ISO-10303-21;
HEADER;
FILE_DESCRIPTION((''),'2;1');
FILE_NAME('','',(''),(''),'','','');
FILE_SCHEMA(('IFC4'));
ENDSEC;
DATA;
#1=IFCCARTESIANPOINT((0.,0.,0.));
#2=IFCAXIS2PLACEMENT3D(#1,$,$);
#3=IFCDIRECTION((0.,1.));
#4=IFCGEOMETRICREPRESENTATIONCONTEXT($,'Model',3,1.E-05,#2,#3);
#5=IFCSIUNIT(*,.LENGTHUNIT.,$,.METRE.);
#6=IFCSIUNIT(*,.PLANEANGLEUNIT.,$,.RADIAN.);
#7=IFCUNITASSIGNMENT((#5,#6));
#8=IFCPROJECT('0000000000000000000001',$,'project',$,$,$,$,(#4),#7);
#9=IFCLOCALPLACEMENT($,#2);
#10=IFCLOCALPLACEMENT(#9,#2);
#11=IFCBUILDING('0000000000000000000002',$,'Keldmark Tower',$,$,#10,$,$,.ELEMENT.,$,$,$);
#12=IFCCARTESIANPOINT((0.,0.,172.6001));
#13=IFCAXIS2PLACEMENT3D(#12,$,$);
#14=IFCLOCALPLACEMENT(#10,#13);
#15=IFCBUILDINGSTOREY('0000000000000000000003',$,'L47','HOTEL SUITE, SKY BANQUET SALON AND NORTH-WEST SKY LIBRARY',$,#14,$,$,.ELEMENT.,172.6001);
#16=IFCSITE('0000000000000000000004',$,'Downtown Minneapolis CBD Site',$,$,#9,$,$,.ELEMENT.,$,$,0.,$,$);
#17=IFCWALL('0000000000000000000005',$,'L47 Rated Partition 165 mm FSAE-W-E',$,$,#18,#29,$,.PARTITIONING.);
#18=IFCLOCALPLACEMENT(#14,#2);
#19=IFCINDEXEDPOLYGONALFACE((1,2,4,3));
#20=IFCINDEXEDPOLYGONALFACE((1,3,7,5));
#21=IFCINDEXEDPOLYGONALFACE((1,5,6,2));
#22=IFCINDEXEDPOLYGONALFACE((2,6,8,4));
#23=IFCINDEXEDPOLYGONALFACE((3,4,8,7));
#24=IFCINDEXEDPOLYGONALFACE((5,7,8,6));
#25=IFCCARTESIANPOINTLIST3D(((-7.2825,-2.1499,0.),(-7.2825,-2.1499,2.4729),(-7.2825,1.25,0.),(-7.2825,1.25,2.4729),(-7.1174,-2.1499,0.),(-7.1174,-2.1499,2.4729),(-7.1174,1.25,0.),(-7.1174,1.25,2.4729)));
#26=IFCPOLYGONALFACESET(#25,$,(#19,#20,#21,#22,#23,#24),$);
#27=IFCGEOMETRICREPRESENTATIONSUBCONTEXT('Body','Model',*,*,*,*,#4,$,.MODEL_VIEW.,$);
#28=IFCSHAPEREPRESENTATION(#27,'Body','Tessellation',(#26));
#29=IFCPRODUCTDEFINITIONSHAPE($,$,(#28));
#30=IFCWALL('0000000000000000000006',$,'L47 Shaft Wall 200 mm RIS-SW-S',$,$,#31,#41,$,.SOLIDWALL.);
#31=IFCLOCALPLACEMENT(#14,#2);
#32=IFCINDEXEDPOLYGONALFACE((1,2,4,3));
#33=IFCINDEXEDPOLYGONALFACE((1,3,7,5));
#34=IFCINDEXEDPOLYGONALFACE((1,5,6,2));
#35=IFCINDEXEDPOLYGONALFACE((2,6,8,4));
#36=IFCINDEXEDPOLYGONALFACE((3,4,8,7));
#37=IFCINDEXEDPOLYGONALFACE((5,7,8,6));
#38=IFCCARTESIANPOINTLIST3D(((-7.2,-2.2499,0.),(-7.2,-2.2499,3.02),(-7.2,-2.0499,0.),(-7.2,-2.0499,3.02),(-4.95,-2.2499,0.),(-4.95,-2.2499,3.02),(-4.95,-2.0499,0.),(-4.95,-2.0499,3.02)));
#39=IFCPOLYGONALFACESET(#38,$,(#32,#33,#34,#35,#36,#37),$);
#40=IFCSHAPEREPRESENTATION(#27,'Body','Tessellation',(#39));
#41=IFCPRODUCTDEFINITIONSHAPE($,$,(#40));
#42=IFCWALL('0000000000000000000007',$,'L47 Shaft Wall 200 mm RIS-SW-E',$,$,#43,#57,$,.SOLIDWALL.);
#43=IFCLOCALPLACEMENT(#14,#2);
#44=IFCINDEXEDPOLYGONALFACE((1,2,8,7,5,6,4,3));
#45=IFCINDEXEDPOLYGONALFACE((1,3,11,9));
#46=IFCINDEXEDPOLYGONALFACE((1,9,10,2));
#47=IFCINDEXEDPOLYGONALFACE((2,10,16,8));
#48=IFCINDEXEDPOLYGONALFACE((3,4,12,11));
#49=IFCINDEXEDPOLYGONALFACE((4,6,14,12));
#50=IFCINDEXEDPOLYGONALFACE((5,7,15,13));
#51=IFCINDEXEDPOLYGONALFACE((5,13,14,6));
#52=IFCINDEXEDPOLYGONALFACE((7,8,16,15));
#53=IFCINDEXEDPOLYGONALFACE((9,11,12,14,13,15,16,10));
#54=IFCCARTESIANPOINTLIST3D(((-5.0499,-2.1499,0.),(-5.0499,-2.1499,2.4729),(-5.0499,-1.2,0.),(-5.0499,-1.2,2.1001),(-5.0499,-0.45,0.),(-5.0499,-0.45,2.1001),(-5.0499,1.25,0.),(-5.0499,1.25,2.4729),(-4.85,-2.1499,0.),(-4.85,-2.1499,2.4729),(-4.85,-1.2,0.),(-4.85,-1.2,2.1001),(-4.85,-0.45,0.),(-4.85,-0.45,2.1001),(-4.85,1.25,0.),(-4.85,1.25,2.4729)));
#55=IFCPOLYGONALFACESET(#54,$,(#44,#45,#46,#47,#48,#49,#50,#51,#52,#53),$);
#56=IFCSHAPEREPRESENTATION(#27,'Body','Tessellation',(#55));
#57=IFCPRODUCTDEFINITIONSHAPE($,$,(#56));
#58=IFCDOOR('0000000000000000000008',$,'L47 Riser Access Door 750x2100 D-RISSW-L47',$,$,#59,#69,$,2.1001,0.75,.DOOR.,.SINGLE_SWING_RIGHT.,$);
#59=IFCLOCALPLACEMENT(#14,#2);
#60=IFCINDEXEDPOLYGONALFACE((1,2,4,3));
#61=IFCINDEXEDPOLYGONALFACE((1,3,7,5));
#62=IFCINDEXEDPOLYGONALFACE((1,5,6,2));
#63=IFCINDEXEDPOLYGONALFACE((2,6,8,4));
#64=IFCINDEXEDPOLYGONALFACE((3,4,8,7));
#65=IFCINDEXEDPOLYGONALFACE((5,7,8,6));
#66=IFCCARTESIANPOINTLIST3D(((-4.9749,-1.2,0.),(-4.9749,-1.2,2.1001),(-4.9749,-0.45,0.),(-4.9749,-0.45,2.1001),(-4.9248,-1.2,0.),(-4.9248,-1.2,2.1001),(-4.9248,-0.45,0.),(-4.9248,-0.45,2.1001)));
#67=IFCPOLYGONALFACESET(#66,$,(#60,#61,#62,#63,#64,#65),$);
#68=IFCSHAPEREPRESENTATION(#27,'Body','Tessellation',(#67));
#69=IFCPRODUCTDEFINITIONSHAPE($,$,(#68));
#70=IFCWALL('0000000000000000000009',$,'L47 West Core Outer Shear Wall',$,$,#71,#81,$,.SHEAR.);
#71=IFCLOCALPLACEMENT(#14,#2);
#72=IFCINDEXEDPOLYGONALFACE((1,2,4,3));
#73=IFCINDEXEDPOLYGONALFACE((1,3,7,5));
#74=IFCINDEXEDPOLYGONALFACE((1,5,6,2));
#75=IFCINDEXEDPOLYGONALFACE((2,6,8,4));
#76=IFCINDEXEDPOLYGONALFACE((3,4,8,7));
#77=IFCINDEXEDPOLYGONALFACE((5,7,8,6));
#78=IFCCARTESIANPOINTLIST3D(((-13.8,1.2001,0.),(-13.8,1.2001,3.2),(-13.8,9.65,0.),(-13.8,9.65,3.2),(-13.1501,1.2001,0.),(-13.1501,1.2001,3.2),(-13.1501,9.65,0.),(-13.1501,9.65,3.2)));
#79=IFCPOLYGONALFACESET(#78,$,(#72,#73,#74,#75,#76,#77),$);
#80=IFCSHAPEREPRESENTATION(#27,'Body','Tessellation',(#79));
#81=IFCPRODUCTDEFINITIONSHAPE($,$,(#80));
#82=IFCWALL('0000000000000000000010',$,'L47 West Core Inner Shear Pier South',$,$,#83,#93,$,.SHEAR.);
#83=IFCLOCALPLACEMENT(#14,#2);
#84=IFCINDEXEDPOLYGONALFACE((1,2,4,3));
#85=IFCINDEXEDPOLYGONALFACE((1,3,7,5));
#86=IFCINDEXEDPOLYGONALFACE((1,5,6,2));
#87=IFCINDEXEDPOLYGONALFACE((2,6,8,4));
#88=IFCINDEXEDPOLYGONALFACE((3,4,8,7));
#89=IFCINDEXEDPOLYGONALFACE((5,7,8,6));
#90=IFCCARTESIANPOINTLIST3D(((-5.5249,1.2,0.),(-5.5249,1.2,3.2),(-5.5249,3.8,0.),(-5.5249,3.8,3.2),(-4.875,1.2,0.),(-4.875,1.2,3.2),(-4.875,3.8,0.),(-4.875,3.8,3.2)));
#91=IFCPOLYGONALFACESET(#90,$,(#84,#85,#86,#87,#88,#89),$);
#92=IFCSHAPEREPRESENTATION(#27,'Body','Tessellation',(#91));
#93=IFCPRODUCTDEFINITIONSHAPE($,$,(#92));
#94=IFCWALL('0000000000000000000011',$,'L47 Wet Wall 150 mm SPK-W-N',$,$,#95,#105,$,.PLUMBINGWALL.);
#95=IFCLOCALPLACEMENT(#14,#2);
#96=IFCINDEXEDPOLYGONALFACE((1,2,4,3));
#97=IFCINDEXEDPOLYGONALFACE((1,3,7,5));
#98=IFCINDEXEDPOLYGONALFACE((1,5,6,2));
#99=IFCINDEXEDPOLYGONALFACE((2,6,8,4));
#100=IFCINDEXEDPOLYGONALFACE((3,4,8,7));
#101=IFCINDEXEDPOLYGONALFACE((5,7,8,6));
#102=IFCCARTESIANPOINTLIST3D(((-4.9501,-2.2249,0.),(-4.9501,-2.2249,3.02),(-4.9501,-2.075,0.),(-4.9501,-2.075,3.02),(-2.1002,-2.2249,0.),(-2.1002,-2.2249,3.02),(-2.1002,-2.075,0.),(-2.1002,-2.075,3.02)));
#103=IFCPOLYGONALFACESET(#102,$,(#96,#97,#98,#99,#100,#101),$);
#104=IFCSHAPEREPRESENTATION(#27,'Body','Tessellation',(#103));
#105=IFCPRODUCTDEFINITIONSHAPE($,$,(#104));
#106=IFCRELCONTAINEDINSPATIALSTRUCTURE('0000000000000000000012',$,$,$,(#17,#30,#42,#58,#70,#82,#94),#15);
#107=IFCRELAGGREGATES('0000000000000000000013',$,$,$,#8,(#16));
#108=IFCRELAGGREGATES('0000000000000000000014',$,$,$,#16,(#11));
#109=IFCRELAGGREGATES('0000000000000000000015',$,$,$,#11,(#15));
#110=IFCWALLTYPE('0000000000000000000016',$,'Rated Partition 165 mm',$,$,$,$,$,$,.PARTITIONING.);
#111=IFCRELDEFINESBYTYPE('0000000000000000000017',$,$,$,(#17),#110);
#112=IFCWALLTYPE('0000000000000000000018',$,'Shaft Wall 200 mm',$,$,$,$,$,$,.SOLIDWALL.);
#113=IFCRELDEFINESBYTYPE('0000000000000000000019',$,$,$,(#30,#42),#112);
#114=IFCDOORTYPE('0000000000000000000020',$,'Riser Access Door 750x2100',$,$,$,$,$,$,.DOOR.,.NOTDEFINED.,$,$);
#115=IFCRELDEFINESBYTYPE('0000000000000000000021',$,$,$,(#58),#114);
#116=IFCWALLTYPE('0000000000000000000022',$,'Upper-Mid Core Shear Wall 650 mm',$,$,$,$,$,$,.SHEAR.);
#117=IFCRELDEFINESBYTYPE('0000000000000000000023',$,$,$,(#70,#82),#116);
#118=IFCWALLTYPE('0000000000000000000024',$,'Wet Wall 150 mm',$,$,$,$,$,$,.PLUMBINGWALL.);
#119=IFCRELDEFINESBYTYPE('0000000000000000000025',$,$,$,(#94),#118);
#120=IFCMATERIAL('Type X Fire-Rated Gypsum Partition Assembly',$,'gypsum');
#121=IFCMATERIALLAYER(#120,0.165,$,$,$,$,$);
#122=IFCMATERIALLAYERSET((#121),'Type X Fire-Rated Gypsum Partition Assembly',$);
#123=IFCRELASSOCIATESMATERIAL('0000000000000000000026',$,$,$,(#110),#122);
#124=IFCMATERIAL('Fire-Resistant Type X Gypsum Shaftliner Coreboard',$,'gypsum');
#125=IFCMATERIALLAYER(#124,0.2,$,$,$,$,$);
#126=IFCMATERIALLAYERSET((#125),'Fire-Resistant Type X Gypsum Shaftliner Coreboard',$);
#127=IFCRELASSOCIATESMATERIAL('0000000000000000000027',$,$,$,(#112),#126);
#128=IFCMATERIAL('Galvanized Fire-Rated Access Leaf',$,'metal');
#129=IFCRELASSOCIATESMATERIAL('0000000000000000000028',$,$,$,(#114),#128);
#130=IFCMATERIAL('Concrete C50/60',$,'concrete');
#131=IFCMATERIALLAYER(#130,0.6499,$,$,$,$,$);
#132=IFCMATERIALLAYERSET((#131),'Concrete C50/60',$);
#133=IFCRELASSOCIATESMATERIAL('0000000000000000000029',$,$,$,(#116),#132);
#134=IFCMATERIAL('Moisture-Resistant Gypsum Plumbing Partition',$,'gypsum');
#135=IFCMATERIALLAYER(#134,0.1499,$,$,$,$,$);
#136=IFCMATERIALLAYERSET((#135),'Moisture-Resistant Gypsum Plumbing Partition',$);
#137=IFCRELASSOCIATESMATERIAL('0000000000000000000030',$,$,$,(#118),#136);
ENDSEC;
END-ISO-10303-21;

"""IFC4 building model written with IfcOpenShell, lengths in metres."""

from ifc_helpers import new_model, si_unit, direction, frame, frame_2d, origin, place, context, subcontext, project, spatial, rectangle, extrude, material, layer, layer_set, type_object, element, fill, save


model = new_model("IFC4")

# Units and contexts
model_context = context("Model", 3, precision=1e-05, world=origin(), true_north=direction((0.0, 1.0)))
body_context = subcontext(model_context, "Body", "Model", "MODEL_VIEW")
ifc_project = project(units=[si_unit("LENGTHUNIT", "METRE"), si_unit("PLANEANGLEUNIT", "RADIAN")], contexts=[model_context])

# Site, building, storey
site_placement = place(None, origin())
site = spatial("IfcSite", under=ifc_project, at=site_placement, Name="Downtown Minneapolis CBD Site", CompositionType="ELEMENT", RefElevation=0.0)
building_placement = place(site_placement, origin())
building = spatial("IfcBuilding", under=site, at=building_placement, Name="Keldmark Tower", CompositionType="ELEMENT")
storey_placement = place(building_placement, frame((0.0, 0.0, 172.6001)))
storey = spatial("IfcBuildingStorey", under=building, at=storey_placement, Name="L47", Description="HOTEL SUITE, SKY BANQUET SALON AND NORTH-WEST SKY LIBRARY", CompositionType="ELEMENT", Elevation=172.6001)

# Shared definitions
ifc_material_1 = material(Name="Type X Fire-Rated Gypsum Partition Assembly", Category="gypsum")
ifc_layer_1 = layer(ifc_material_1, 0.165)
ifc_layer_set_1 = layer_set([ifc_layer_1], Name="Type X Fire-Rated Gypsum Partition Assembly")
wall_type_1 = type_object("IfcWallType", Name="Rated Partition 165 mm", PredefinedType="PARTITIONING", material=ifc_layer_set_1)

# Walls
wall_1_placement = place(storey_placement, frame((-7.2, -2.1499, 0.0), z_axis=(0.0, 0.0, 1.0), x_axis=(0.0, 1.0, 0.0)))
element("IfcWall", 1, at=wall_1_placement, inside=storey, type_object=wall_type_1, Name="L47 Rated Partition 165 mm FSAE-W-E", PredefinedType="PARTITIONING", context=body_context, shape_type="SweptSolid", body=[
    extrude(rectangle(XDim=3.3999, YDim=0.165, at=frame_2d((1.7, 0.0))), origin(), (0.0, 0.0, 1.0), 2.4729),
])
ifc_material_2 = material(Name="Fire-Resistant Type X Gypsum Shaftliner Coreboard", Category="gypsum")
ifc_layer_2 = layer(ifc_material_2, 0.2)
ifc_layer_set_2 = layer_set([ifc_layer_2], Name="Fire-Resistant Type X Gypsum Shaftliner Coreboard")
wall_type_2 = type_object("IfcWallType", Name="Shaft Wall 200 mm", PredefinedType="SOLIDWALL", material=ifc_layer_set_2)
wall_2_placement = place(storey_placement, frame((-7.2, -2.1499, 0.0), z_axis=(0.0, 0.0, 1.0), x_axis=(1.0, 0.0, 0.0)))
element("IfcWall", 2, at=wall_2_placement, inside=storey, type_object=wall_type_2, Name="L47 Shaft Wall 200 mm RIS-SW-S", PredefinedType="SOLIDWALL", context=body_context, shape_type="SweptSolid", body=[
    extrude(rectangle(XDim=2.25, YDim=0.2, at=frame_2d((1.125, 0.0))), origin(), (0.0, 0.0, 1.0), 3.02),
])

# Wall, opening, door
wall_3_placement = place(storey_placement, frame((-4.95, -2.1499, 0.0), z_axis=(0.0, 0.0, 1.0), x_axis=(0.0, 1.0, 0.0)))
wall_3 = element("IfcWall", 3, at=wall_3_placement, inside=storey, type_object=wall_type_2, Name="L47 Shaft Wall 200 mm RIS-SW-E", PredefinedType="SOLIDWALL", context=body_context, shape_type="SweptSolid", body=[
    extrude(rectangle(XDim=3.3999, YDim=0.2, at=frame_2d((1.7, 0.0))), origin(), (0.0, 0.0, 1.0), 2.4729),
])
opening_1_placement = place(wall_3_placement, frame((0.95, 0.0, 0.0)))
opening_1 = element("IfcOpeningElement", 4, at=opening_1_placement, cuts=wall_3, PredefinedType="OPENING", context=body_context, shape_type="SweptSolid", body=[
    extrude(rectangle(XDim=0.75, YDim=2.1001, at=frame_2d((0.375, 1.05))), frame((0.0, 0.1099, 0.0), z_axis=(0.0, -1.0, 0.0), x_axis=(1.0, 0.0, 0.0)), (0.0, 0.0, 1.0), 0.22),
])
ifc_material_3 = material(Name="Galvanized Fire-Rated Access Leaf", Category="metal")
door_type_1 = type_object("IfcDoorType", Name="Riser Access Door 750x2100", OperationType="NOTDEFINED", PredefinedType="DOOR", material=ifc_material_3)
door_1_placement = place(opening_1_placement, origin())
door_1 = element("IfcDoor", 5, at=door_1_placement, inside=storey, type_object=door_type_1, Name="L47 Riser Access Door 750x2100 D-RISSW-L47", OperationType="SINGLE_SWING_RIGHT", OverallHeight=2.1001, OverallWidth=0.75, PredefinedType="DOOR", context=body_context, shape_type="SweptSolid", body=[
    extrude(rectangle(XDim=0.75, YDim=2.1001, at=frame_2d((0.375, 1.05))), frame((0.0, 0.0249, 0.0), z_axis=(0.0, -1.0, 0.0), x_axis=(1.0, 0.0, 0.0)), (0.0, 0.0, 1.0), 0.05),
])
fill(opening_1, door_1)

# Walls
ifc_material_4 = material(Name="Concrete C50/60", Category="concrete")
ifc_layer_3 = layer(ifc_material_4, 0.6499)
ifc_layer_set_3 = layer_set([ifc_layer_3], Name="Concrete C50/60")
wall_type_3 = type_object("IfcWallType", Name="Upper-Mid Core Shear Wall 650 mm", PredefinedType="SHEAR", material=ifc_layer_set_3)
wall_4_placement = place(storey_placement, frame((-13.4751, 1.2, 0.0), z_axis=(0.0, 0.0, 1.0), x_axis=(0.0, 1.0, 0.0)))
element("IfcWall", 6, at=wall_4_placement, inside=storey, type_object=wall_type_3, Name="L47 West Core Outer Shear Wall", PredefinedType="SHEAR", context=body_context, shape_type="SweptSolid", body=[
    extrude(rectangle(XDim=8.45, YDim=0.6499, at=frame_2d((4.2251, 0.0))), origin(), (0.0, 0.0, 1.0), 3.2),
])
wall_5_placement = place(storey_placement, frame((-5.2, 1.2, 0.0), z_axis=(0.0, 0.0, 1.0), x_axis=(0.0, 1.0, 0.0)))
element("IfcWall", 7, at=wall_5_placement, inside=storey, type_object=wall_type_3, Name="L47 West Core Inner Shear Pier South", PredefinedType="SHEAR", context=body_context, shape_type="SweptSolid", body=[
    extrude(rectangle(XDim=2.6001, YDim=0.6499, at=frame_2d((1.3, 0.0))), origin(), (0.0, 0.0, 1.0), 3.2),
])
ifc_material_5 = material(Name="Moisture-Resistant Gypsum Plumbing Partition", Category="gypsum")
ifc_layer_4 = layer(ifc_material_5, 0.1499)
ifc_layer_set_4 = layer_set([ifc_layer_4], Name="Moisture-Resistant Gypsum Plumbing Partition")
wall_type_4 = type_object("IfcWallType", Name="Wet Wall 150 mm", PredefinedType="PLUMBINGWALL", material=ifc_layer_set_4)
wall_6_placement = place(storey_placement, frame((-4.95, -2.1499, 0.0), z_axis=(0.0, 0.0, 1.0), x_axis=(1.0, 0.0, 0.0)))
element("IfcWall", 8, at=wall_6_placement, inside=storey, type_object=wall_type_4, Name="L47 Wet Wall 150 mm SPK-W-N", PredefinedType="PLUMBINGWALL", context=body_context, shape_type="SweptSolid", body=[
    extrude(rectangle(XDim=2.8499, YDim=0.1499, at=frame_2d((1.4248, 0.0))), origin(), (0.0, 0.0, 1.0), 3.02),
])

save(model, "model.ifc")
